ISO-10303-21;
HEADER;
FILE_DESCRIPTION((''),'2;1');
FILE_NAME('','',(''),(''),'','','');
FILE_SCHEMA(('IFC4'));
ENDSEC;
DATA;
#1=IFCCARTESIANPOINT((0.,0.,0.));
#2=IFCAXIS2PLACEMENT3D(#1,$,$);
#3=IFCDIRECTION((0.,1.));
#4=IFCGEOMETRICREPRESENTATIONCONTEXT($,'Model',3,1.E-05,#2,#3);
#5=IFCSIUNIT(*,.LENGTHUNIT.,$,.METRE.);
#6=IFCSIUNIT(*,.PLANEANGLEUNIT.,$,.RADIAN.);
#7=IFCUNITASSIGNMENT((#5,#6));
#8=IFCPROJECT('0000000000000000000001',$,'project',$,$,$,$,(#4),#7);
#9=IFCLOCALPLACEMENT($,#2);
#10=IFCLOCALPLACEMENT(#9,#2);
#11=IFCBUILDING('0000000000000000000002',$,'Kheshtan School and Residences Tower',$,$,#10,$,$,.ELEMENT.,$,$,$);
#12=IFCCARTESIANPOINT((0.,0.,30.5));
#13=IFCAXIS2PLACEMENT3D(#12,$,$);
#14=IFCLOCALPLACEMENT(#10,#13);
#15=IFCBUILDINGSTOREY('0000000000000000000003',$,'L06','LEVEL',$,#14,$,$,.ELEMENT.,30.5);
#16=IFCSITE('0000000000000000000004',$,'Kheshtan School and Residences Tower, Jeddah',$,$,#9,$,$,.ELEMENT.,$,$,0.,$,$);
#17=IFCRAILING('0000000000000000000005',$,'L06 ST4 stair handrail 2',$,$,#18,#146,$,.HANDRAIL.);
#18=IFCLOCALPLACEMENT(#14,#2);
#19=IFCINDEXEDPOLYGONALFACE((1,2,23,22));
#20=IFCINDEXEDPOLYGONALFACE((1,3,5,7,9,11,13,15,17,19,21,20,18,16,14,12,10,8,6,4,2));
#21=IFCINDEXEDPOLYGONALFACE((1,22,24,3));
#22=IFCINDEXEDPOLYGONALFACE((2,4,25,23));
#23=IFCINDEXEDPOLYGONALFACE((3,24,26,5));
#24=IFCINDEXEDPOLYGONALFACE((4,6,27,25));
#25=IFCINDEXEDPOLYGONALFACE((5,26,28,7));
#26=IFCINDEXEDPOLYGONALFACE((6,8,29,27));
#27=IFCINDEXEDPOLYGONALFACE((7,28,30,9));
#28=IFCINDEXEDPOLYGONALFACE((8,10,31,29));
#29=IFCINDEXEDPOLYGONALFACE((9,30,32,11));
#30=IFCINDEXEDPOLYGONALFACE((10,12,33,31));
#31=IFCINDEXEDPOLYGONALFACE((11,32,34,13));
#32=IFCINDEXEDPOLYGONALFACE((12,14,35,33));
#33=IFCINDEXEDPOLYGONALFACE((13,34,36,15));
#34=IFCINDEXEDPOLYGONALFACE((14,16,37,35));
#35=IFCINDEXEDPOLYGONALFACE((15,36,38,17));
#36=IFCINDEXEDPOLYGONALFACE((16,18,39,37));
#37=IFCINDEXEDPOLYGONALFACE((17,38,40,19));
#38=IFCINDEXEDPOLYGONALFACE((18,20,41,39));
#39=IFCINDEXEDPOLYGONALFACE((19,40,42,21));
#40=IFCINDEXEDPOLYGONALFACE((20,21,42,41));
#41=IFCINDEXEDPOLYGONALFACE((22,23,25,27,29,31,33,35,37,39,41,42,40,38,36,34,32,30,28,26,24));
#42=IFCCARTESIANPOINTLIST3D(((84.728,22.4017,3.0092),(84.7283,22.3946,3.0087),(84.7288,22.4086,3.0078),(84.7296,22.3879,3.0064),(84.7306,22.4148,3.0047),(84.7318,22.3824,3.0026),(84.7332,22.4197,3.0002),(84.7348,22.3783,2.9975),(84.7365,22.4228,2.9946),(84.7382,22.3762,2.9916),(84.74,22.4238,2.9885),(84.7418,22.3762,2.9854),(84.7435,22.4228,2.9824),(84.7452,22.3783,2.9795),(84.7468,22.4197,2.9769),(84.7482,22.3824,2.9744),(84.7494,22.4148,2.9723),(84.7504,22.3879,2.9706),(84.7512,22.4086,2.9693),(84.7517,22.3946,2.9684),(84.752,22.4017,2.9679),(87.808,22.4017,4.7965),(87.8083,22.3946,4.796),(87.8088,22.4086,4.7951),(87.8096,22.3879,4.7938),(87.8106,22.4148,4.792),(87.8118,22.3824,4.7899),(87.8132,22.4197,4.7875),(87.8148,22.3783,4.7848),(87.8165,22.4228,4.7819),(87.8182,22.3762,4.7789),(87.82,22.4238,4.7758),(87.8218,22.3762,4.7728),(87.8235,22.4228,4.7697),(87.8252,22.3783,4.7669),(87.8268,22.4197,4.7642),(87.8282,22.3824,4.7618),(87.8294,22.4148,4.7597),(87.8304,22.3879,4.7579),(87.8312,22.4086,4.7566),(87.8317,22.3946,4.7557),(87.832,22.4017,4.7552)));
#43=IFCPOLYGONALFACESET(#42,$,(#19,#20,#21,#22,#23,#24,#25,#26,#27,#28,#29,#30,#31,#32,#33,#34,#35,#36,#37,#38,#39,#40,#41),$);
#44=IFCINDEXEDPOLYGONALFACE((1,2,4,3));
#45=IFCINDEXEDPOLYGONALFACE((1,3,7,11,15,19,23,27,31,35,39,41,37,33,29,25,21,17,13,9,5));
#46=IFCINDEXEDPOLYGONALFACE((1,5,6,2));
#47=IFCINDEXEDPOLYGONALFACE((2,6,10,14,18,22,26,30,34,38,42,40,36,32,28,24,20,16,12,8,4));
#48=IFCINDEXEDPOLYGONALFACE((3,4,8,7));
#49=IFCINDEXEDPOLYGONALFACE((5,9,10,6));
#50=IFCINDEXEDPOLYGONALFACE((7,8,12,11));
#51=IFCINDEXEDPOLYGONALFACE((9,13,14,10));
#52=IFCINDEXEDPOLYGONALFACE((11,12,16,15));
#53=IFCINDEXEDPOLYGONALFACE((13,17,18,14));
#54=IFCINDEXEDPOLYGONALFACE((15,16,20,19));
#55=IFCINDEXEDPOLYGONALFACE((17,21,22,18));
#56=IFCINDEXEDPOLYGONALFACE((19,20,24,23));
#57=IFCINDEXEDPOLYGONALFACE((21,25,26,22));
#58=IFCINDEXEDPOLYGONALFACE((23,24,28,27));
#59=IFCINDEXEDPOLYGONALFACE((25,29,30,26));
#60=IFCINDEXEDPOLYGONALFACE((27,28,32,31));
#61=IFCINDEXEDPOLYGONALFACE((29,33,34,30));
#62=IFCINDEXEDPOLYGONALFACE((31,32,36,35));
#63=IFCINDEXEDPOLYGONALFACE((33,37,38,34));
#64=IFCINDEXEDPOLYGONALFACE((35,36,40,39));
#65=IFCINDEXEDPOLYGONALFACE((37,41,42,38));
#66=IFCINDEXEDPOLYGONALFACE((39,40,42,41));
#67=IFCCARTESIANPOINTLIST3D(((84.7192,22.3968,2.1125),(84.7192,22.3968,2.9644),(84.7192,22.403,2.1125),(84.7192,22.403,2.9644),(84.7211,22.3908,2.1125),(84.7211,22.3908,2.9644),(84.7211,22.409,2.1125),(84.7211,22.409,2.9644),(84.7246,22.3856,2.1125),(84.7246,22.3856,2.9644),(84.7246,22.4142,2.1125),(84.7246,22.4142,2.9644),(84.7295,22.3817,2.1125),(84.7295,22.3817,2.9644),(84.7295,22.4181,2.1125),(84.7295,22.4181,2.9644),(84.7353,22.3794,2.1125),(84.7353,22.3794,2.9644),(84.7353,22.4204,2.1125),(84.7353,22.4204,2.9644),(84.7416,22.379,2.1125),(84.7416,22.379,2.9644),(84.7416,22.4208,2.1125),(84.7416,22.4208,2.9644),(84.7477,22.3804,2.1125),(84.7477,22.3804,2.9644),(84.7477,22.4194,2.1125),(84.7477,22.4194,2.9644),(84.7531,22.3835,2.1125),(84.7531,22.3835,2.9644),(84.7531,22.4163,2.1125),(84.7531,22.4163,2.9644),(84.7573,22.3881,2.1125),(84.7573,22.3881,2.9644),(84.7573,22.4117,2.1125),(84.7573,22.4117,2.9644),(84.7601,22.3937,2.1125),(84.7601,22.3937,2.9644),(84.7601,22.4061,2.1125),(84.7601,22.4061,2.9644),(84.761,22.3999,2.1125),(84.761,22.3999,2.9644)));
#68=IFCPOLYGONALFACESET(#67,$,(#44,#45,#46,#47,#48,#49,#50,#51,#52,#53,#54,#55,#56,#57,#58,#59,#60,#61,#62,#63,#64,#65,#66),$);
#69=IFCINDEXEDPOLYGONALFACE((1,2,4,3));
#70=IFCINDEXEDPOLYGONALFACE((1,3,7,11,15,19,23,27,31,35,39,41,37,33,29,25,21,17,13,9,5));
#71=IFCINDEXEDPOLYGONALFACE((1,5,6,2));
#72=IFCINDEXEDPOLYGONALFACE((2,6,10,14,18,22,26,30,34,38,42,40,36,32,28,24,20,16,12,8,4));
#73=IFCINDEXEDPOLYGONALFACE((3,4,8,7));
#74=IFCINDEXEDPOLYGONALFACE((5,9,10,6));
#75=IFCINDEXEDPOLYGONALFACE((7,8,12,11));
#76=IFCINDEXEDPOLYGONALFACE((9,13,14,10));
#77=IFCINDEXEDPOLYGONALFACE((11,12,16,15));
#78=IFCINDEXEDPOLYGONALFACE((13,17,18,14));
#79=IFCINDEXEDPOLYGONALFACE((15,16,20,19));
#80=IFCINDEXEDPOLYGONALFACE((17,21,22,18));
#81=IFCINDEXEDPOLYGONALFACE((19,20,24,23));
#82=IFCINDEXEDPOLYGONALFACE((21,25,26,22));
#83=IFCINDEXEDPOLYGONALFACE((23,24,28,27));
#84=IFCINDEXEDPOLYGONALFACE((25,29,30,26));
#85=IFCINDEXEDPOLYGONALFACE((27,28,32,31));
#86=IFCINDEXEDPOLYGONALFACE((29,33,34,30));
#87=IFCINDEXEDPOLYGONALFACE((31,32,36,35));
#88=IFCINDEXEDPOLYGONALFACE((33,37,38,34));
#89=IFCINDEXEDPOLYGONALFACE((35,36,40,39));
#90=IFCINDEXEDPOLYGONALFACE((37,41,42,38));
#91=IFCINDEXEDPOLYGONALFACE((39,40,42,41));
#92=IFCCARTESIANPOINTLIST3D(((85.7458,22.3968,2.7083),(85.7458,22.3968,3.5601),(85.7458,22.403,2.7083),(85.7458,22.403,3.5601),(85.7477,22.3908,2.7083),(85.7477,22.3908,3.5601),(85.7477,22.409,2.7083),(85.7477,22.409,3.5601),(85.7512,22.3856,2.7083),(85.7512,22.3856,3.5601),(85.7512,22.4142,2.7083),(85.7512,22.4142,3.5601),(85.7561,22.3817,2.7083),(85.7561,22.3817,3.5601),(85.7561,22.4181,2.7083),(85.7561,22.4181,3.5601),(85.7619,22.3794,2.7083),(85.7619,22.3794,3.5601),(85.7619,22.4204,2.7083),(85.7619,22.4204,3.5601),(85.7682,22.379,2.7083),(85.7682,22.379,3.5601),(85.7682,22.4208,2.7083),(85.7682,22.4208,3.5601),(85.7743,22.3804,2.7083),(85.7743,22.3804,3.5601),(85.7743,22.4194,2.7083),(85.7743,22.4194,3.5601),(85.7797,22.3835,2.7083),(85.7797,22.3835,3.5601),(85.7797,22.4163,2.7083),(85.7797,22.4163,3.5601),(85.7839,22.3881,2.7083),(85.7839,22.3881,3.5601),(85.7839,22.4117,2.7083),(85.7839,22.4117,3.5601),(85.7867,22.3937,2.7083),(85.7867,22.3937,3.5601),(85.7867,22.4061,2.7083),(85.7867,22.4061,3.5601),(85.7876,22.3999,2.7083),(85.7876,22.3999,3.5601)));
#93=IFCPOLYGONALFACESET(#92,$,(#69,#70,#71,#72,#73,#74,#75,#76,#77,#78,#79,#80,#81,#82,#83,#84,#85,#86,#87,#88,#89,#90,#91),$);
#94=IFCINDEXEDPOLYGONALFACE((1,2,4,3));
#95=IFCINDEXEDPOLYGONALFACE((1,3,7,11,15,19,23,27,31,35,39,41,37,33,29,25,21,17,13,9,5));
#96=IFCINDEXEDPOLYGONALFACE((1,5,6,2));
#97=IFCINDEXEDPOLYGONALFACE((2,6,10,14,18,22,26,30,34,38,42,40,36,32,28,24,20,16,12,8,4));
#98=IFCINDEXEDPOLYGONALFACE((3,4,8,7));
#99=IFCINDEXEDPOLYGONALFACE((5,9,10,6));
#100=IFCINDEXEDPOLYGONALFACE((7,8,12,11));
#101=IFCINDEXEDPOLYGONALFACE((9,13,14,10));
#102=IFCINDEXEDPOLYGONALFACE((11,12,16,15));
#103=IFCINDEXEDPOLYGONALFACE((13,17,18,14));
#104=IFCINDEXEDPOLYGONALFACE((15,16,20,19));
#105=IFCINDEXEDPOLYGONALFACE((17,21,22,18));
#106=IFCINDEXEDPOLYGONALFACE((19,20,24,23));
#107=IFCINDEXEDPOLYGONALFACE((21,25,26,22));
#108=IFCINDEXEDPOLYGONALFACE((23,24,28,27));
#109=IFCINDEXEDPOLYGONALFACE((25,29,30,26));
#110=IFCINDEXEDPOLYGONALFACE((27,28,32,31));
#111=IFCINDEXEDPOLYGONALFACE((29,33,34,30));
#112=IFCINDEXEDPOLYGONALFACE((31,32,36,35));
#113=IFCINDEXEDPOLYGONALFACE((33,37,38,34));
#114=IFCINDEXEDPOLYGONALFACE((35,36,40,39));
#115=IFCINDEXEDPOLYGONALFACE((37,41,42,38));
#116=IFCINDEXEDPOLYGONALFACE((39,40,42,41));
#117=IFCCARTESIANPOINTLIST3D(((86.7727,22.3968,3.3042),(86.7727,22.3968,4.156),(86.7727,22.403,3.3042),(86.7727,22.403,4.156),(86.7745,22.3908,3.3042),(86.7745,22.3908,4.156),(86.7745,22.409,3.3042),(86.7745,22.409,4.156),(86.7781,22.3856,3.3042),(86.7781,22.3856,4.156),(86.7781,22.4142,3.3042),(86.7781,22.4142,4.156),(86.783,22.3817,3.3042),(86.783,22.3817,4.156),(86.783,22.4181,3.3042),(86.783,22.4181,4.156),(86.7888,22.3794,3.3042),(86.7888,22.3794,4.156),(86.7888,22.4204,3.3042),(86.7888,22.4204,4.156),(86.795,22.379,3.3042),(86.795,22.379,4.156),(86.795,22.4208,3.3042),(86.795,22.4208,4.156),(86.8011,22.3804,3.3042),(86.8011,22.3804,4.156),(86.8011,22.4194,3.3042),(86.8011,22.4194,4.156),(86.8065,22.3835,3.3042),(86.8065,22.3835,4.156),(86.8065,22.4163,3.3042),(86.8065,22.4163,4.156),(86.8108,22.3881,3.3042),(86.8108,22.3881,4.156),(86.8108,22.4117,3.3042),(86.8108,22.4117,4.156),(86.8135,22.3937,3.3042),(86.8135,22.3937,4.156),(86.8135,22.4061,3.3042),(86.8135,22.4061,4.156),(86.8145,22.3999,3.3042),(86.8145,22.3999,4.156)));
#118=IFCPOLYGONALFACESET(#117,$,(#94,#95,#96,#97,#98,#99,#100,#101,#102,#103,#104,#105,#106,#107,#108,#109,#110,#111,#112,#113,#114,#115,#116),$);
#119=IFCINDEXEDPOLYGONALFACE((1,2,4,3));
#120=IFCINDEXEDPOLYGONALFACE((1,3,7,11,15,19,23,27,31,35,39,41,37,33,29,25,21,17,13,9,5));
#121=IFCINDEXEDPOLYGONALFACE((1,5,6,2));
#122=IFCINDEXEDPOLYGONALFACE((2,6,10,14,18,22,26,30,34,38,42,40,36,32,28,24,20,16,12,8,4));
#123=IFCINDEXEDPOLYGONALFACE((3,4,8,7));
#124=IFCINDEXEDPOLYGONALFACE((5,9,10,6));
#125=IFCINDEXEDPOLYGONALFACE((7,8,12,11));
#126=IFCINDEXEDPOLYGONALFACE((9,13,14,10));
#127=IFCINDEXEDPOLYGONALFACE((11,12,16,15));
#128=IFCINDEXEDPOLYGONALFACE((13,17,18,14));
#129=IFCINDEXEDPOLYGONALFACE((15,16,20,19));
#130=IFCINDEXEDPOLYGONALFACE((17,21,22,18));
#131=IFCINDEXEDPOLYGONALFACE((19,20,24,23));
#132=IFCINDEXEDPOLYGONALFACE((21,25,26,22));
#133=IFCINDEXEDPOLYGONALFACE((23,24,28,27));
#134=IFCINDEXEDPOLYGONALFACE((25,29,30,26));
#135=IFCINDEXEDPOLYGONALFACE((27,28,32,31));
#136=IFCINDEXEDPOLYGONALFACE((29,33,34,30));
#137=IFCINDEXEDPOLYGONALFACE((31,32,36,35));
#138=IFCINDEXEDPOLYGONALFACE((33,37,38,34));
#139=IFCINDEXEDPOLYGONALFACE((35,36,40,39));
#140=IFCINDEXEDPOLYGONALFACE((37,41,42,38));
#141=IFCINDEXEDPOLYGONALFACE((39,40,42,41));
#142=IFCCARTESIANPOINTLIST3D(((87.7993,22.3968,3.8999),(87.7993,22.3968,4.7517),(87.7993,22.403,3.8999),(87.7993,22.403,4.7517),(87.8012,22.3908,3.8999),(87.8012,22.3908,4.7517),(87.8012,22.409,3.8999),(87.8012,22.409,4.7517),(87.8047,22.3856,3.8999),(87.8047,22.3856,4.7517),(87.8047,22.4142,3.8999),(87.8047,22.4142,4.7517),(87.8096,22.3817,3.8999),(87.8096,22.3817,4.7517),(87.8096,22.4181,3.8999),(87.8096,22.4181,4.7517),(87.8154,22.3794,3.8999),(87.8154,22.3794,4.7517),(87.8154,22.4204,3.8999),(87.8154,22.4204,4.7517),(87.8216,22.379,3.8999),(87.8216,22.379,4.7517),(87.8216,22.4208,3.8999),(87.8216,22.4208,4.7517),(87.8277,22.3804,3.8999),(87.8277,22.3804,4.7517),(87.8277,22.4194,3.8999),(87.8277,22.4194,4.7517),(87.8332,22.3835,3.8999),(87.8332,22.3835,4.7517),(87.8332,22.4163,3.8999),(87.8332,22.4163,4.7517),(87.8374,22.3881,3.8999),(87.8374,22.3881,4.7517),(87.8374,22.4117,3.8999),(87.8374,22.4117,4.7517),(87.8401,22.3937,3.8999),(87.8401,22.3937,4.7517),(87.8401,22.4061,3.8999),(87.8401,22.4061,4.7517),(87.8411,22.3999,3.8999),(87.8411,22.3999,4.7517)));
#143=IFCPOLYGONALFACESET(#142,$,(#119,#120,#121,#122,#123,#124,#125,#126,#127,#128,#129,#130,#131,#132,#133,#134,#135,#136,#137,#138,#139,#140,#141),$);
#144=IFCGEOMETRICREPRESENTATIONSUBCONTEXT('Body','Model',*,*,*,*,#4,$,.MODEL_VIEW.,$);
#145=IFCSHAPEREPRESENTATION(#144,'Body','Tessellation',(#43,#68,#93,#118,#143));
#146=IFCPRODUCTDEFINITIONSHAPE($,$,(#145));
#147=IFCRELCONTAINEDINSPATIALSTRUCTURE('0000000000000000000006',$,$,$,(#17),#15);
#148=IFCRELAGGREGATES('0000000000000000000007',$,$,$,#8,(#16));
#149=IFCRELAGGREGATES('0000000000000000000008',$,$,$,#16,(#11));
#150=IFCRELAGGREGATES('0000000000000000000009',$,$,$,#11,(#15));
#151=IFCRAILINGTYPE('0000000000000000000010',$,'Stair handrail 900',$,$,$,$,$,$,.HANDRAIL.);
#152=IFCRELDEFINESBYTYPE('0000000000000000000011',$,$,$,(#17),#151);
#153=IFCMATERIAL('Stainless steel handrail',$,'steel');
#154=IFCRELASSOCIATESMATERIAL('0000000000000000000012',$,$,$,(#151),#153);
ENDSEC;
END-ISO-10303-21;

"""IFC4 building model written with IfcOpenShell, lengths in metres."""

from ifc_helpers import new_model, si_unit, direction, frame, origin, origin_2d, place, context, subcontext, project, spatial, circle, extrude, material, type_object, element, save


model = new_model("IFC4")

# Units and contexts
model_context = context("Model", 3, precision=1e-05, world=origin(), true_north=direction((0.0, 1.0)))
body_context = subcontext(model_context, "Body", "Model", "MODEL_VIEW")
ifc_project = project(units=[si_unit("LENGTHUNIT", "METRE"), si_unit("PLANEANGLEUNIT", "RADIAN")], contexts=[model_context])

# Site, building, storey
site_placement = place(None, origin())
site = spatial("IfcSite", under=ifc_project, at=site_placement, Name="Kheshtan School and Residences Tower, Jeddah", CompositionType="ELEMENT", RefElevation=0.0)
building_placement = place(site_placement, origin())
building = spatial("IfcBuilding", under=site, at=building_placement, Name="Kheshtan School and Residences Tower", CompositionType="ELEMENT")
storey_placement = place(building_placement, frame((0.0, 0.0, 30.5)))
storey = spatial("IfcBuildingStorey", under=building, at=storey_placement, Name="L06", Description="LEVEL", CompositionType="ELEMENT", Elevation=30.5)

# Railing
ifc_material_1 = material(Name="Stainless steel handrail", Category="steel")
railing_type_1 = type_object("IfcRailingType", Name="Stair handrail 900", PredefinedType="HANDRAIL", material=ifc_material_1)
railing_1_placement = place(storey_placement, frame((84.74, 22.3999, 2.1125)))
element("IfcRailing", 1, at=railing_1_placement, inside=storey, type_object=railing_type_1, Name="L06 ST4 stair handrail 2", PredefinedType="HANDRAIL", context=body_context, shape_type="SweptSolid", body=[
    extrude(circle(Radius=0.0239, at=origin_2d()), frame((0.0, 0.0, 0.876), z_axis=(0.86492, 0.0, 0.501909), x_axis=(0.0, 1.0, 0.0)), (0.0, 0.0, 1.0), 3.561),
    extrude(circle(Radius=0.021, at=origin_2d()), origin(), (0.0, 0.0, 1.0), 0.8518),
    extrude(circle(Radius=0.021, at=origin_2d()), frame((1.0266, 0.0, 0.5957)), (0.0, 0.0, 1.0), 0.8518),
    extrude(circle(Radius=0.021, at=origin_2d()), frame((2.0535, 0.0, 1.1917)), (0.0, 0.0, 1.0), 0.8518),
    extrude(circle(Radius=0.021, at=origin_2d()), frame((3.0801, 0.0, 1.7874)), (0.0, 0.0, 1.0), 0.8518),
])

save(model, "model.ifc")
